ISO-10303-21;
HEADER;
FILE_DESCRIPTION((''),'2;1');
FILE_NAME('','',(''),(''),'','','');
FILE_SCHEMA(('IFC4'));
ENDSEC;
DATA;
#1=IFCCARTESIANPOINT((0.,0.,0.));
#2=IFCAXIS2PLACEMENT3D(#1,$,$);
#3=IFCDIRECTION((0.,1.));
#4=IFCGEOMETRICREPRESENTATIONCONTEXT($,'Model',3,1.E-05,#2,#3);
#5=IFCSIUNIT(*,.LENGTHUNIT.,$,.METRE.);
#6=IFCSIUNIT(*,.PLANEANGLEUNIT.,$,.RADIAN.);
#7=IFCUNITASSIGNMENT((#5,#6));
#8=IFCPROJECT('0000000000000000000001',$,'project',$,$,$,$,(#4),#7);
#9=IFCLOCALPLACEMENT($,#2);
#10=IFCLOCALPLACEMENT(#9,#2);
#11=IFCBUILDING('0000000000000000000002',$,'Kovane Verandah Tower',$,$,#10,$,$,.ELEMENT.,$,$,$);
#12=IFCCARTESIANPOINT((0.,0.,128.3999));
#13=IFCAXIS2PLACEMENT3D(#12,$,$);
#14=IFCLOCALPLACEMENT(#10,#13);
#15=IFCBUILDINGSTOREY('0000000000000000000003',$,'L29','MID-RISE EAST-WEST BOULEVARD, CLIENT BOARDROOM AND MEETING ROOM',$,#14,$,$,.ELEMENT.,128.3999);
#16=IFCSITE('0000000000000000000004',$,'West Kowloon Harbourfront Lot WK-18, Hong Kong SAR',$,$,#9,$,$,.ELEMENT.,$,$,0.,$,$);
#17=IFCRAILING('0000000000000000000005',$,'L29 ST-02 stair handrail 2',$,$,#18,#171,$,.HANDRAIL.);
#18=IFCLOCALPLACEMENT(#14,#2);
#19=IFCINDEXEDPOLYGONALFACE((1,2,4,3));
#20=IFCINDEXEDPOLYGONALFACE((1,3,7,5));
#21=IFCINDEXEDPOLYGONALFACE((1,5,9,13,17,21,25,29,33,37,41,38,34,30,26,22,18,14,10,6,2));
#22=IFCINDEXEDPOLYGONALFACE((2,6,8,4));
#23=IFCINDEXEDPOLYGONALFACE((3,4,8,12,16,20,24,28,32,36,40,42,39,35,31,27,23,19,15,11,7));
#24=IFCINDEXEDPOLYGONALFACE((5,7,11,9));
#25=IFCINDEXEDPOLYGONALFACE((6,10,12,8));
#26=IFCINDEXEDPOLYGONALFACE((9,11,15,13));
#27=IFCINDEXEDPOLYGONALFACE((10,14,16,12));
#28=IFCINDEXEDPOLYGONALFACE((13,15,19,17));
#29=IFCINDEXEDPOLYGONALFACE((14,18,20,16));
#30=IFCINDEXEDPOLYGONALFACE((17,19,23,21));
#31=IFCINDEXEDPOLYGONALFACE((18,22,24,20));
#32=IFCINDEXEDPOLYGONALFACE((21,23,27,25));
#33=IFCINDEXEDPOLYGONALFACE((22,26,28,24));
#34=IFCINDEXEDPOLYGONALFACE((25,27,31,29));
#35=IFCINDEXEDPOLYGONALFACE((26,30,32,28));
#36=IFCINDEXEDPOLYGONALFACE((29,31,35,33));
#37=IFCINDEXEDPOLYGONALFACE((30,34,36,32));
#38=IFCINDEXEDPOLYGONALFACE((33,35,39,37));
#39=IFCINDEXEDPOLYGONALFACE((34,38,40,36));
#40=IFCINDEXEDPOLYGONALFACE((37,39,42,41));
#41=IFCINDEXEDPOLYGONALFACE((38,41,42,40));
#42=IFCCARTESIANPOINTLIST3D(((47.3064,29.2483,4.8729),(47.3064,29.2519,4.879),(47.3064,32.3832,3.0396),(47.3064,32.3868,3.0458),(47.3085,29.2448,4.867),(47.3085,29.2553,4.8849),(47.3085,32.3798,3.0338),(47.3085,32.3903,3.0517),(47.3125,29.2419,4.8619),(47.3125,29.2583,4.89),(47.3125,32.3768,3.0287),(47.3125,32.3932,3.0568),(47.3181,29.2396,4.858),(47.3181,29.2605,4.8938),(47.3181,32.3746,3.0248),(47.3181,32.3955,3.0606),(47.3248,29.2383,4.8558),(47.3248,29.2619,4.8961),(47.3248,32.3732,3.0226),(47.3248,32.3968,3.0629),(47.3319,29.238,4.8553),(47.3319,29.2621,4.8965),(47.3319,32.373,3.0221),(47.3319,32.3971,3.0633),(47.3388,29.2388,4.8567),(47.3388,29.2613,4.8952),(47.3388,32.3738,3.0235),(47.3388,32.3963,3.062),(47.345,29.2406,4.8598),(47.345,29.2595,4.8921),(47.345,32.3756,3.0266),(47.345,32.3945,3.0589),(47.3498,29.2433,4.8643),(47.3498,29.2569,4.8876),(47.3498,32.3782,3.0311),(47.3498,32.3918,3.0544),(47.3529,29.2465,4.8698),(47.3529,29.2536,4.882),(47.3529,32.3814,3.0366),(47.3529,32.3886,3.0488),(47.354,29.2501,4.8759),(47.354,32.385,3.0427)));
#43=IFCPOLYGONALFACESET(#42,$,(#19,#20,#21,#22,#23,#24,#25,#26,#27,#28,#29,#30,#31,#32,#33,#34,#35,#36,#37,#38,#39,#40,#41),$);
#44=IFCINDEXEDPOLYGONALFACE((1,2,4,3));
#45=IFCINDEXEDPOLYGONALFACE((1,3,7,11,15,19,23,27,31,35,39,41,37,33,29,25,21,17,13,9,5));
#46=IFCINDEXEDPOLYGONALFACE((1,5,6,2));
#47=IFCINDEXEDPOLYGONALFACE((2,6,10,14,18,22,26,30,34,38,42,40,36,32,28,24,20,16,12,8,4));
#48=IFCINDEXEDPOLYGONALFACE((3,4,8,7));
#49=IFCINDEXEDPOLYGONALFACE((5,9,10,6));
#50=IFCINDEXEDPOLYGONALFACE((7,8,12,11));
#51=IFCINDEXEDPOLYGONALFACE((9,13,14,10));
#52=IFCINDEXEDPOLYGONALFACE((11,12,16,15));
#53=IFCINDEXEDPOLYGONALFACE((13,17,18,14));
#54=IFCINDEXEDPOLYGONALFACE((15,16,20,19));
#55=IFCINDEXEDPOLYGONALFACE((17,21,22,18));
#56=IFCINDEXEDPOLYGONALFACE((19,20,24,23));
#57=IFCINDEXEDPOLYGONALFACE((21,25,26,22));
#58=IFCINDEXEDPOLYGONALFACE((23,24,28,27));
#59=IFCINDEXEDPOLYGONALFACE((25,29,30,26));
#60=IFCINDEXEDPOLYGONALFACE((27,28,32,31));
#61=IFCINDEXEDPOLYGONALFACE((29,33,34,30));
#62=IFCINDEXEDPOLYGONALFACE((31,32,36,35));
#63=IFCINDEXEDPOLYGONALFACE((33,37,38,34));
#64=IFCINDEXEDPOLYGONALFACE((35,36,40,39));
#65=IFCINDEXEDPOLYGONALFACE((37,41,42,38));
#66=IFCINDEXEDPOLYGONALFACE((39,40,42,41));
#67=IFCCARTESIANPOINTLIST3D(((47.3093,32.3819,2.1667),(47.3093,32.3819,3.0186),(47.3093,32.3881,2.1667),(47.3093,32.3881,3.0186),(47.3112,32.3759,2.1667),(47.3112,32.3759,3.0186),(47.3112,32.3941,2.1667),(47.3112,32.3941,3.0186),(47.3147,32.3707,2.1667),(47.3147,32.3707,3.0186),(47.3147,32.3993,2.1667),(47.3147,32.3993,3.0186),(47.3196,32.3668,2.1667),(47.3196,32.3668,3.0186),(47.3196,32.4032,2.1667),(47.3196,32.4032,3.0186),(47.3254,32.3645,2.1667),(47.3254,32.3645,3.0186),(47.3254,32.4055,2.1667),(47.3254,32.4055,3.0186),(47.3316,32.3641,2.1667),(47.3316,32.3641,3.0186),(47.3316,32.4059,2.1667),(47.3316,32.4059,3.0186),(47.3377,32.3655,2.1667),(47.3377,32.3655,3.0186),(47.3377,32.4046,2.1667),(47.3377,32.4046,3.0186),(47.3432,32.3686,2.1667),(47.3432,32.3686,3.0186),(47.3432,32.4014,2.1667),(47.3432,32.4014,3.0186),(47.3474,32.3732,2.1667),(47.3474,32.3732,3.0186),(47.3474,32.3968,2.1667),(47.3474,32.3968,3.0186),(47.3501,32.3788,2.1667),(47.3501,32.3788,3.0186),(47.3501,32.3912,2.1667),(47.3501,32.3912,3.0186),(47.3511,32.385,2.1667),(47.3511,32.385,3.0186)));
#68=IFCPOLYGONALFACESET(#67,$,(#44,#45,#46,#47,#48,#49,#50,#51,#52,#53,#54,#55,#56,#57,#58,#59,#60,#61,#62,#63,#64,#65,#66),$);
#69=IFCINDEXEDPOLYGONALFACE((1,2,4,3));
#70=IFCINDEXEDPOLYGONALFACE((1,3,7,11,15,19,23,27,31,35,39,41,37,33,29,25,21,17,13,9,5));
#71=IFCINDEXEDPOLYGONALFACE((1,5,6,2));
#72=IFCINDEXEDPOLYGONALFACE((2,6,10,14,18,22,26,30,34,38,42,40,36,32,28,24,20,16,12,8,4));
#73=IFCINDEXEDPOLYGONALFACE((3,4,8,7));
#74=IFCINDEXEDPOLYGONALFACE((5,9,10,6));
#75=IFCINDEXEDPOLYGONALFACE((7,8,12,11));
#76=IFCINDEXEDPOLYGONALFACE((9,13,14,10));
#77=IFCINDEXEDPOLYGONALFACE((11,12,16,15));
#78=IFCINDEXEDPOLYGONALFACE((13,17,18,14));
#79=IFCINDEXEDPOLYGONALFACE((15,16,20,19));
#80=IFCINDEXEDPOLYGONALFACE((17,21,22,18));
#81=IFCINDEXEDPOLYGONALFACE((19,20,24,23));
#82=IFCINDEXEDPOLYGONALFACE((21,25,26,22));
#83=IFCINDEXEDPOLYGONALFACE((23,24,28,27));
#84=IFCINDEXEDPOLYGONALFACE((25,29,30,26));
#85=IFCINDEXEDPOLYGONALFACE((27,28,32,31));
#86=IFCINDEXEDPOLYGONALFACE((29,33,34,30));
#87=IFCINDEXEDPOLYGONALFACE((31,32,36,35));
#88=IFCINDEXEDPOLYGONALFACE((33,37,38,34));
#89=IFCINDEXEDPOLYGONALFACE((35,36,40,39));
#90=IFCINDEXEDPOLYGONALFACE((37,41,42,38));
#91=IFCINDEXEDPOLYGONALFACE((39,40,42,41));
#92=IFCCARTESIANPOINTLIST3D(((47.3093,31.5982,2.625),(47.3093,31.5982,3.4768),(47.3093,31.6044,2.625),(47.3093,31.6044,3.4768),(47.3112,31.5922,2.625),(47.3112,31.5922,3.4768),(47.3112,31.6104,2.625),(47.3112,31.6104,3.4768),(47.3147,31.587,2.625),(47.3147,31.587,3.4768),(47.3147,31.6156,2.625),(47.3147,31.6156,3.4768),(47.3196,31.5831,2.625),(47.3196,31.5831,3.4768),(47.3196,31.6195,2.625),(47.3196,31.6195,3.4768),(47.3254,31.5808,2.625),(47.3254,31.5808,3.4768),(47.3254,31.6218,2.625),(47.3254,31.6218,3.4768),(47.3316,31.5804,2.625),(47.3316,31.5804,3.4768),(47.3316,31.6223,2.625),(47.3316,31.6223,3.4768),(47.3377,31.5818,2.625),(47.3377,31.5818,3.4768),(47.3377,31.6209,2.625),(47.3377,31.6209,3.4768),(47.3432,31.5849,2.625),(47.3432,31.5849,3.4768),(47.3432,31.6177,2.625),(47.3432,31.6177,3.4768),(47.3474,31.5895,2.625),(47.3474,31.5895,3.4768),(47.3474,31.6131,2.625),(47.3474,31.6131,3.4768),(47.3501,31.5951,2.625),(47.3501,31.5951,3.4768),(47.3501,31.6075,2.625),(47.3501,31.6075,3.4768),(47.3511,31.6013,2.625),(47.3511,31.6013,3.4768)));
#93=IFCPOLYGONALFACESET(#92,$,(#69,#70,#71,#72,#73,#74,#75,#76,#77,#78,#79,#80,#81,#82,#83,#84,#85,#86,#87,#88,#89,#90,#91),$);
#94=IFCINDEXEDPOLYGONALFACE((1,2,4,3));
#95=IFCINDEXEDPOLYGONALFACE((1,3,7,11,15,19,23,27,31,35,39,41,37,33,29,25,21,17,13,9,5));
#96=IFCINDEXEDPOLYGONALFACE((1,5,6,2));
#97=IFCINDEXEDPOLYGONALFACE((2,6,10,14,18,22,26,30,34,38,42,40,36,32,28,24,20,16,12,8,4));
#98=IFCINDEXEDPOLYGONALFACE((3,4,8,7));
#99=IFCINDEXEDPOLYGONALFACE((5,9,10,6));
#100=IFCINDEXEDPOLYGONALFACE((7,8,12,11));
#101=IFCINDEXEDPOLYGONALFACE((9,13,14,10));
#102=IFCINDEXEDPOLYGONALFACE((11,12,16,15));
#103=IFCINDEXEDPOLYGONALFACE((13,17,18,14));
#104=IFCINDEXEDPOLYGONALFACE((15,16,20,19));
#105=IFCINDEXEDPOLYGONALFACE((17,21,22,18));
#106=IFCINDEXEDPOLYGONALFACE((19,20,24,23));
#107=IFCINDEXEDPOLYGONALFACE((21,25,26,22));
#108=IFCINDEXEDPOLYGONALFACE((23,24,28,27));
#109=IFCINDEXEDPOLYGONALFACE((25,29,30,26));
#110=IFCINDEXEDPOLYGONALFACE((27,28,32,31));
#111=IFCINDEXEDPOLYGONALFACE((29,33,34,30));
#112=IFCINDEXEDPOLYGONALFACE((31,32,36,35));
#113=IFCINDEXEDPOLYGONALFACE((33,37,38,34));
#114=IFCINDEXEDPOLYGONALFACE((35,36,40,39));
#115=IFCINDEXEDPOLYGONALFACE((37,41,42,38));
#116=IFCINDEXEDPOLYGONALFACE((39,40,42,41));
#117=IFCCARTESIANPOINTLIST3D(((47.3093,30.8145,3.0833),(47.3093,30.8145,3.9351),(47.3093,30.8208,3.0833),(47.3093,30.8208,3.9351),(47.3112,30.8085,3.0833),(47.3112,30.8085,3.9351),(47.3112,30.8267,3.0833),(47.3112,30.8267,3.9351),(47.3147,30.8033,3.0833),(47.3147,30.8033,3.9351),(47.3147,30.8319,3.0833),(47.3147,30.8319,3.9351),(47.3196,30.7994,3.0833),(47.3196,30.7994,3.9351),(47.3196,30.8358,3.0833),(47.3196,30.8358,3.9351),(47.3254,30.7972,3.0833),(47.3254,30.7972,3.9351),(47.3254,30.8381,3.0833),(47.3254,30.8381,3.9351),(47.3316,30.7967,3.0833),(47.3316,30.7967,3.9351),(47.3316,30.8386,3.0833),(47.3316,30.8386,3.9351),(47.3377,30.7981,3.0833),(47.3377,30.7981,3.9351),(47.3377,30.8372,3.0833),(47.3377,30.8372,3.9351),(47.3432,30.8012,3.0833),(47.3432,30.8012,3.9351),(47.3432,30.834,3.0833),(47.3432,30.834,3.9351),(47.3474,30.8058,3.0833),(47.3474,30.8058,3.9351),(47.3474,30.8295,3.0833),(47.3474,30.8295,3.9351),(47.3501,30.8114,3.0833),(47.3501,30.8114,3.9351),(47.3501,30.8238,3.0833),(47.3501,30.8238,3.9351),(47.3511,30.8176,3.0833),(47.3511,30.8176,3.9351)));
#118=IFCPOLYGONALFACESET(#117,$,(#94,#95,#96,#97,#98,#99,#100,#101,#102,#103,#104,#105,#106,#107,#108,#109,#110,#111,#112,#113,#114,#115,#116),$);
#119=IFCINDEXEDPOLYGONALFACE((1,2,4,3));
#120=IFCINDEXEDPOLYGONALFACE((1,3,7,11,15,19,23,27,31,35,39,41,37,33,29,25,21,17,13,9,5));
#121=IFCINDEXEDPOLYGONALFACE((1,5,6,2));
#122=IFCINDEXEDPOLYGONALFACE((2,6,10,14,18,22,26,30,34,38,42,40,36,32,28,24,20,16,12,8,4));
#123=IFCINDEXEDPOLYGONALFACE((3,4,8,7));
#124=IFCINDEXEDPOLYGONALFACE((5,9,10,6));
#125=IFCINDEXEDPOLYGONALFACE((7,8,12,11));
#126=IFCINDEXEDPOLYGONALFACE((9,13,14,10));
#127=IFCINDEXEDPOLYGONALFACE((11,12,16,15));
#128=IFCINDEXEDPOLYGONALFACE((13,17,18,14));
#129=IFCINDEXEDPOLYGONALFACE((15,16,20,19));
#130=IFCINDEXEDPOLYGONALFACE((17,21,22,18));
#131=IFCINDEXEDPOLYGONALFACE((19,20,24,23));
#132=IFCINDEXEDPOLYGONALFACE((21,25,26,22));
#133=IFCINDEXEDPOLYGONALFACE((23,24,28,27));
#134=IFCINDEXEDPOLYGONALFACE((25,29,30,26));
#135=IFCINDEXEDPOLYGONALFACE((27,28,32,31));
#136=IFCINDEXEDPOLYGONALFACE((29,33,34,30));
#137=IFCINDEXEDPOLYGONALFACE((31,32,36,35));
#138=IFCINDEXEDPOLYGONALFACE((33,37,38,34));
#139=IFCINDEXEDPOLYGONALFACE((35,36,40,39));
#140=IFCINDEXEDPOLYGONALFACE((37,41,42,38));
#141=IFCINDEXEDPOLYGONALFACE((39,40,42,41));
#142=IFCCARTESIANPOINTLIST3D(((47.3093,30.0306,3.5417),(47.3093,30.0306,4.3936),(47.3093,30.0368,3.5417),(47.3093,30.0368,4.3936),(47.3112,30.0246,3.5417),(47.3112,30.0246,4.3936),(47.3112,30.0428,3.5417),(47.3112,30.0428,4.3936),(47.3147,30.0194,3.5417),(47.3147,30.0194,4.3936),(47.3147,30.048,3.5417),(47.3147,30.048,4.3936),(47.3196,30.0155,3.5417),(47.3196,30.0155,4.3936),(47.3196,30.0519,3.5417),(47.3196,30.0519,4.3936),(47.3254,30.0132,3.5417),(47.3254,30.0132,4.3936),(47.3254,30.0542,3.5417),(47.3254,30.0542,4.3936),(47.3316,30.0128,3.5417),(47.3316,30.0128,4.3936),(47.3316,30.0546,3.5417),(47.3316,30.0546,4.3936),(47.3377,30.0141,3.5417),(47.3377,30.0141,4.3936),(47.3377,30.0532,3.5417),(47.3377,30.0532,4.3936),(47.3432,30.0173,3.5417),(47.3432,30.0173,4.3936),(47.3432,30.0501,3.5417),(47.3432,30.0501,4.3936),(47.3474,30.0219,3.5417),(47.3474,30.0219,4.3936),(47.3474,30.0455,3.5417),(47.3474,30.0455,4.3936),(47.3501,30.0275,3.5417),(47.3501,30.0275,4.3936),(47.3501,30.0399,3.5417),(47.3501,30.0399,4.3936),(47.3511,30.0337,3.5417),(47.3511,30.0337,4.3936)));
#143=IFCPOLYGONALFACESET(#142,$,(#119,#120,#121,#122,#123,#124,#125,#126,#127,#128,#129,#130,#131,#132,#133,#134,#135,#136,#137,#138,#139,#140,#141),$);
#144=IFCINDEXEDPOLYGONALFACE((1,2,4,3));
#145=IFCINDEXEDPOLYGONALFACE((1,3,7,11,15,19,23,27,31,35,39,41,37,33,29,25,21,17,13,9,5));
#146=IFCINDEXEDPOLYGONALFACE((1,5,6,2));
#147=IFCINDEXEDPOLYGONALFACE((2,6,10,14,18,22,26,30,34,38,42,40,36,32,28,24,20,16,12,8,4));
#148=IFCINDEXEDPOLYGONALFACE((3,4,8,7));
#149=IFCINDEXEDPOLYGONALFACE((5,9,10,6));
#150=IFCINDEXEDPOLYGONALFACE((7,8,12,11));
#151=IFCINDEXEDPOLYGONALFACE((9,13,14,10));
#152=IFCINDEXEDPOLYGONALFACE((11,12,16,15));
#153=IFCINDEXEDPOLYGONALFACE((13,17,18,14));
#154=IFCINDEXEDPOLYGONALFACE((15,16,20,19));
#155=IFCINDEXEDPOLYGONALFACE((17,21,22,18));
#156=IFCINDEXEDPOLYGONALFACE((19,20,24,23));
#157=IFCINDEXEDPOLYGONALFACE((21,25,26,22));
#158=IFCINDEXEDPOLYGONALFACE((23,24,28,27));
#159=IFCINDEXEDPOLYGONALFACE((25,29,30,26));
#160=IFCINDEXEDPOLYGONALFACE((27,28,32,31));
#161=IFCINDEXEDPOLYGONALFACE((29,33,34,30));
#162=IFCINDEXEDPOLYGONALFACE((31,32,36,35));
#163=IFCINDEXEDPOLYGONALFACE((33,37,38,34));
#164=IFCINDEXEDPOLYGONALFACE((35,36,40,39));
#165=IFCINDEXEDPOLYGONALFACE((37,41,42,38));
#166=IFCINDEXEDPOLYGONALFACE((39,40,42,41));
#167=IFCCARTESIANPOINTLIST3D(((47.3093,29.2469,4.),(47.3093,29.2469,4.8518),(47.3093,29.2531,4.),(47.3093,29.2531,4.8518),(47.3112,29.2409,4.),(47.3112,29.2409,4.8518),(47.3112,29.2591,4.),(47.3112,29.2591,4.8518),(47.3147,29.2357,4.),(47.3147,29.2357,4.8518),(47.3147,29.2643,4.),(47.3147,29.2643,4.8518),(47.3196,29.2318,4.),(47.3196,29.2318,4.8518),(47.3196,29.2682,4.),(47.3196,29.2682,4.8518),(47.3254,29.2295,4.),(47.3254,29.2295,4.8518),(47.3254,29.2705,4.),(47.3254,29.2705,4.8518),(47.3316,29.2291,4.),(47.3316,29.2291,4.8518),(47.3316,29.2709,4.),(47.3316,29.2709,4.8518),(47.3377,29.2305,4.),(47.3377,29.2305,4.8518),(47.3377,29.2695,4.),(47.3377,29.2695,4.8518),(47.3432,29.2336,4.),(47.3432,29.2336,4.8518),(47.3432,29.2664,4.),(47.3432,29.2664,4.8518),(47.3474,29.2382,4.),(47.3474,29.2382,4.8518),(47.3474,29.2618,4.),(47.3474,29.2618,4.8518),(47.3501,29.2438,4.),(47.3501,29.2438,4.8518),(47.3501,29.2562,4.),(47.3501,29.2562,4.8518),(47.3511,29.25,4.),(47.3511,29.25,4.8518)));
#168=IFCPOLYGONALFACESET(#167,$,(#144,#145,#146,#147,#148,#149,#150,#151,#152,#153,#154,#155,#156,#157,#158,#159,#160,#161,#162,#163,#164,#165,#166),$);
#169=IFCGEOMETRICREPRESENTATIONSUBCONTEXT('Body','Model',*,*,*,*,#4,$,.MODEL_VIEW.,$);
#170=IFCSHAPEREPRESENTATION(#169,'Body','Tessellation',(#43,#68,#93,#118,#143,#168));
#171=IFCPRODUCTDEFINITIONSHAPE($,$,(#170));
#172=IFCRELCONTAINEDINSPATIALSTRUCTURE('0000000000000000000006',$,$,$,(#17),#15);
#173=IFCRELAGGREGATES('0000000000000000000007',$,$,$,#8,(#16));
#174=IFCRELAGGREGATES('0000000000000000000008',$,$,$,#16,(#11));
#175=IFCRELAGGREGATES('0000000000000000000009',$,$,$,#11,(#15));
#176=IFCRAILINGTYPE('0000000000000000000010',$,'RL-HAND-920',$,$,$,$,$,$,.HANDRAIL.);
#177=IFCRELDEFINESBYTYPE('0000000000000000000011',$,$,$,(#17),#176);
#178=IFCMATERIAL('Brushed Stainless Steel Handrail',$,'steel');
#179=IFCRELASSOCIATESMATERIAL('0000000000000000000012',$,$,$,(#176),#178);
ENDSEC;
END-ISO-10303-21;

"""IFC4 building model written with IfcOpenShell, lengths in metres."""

from ifc_helpers import new_model, si_unit, direction, frame, origin, origin_2d, place, context, subcontext, project, spatial, circle, extrude, material, type_object, element, save


model = new_model("IFC4")

# Units and contexts
model_context = context("Model", 3, precision=1e-05, world=origin(), true_north=direction((0.0, 1.0)))
body_context = subcontext(model_context, "Body", "Model", "MODEL_VIEW")
ifc_project = project(units=[si_unit("LENGTHUNIT", "METRE"), si_unit("PLANEANGLEUNIT", "RADIAN")], contexts=[model_context])

# Site, building, storey
site_placement = place(None, origin())
site = spatial("IfcSite", under=ifc_project, at=site_placement, Name="West Kowloon Harbourfront Lot WK-18, Hong Kong SAR", CompositionType="ELEMENT", RefElevation=0.0)
building_placement = place(site_placement, origin())
building = spatial("IfcBuilding", under=site, at=building_placement, Name="Kovane Verandah Tower", CompositionType="ELEMENT")
storey_placement = place(building_placement, frame((0.0, 0.0, 128.3999)))
storey = spatial("IfcBuildingStorey", under=building, at=storey_placement, Name="L29", Description="MID-RISE EAST-WEST BOULEVARD, CLIENT BOARDROOM AND MEETING ROOM", CompositionType="ELEMENT", Elevation=128.3999)

# Railing
ifc_material_1 = material(Name="Brushed Stainless Steel Handrail", Category="steel")
railing_type_1 = type_object("IfcRailingType", Name="RL-HAND-920", PredefinedType="HANDRAIL", material=ifc_material_1)
railing_1_placement = place(storey_placement, frame((47.3301, 32.385, 2.1667)))
element("IfcRailing", 1, at=railing_1_placement, inside=storey, type_object=railing_type_1, Name="L29 ST-02 stair handrail 2", PredefinedType="HANDRAIL", context=body_context, shape_type="SweptSolid", body=[
    extrude(circle(Radius=0.0239, at=origin_2d()), frame((0.0, 0.0, 0.876), z_axis=(0.0, -0.86324, 0.504794), x_axis=(1.0, 0.0, 0.0)), (0.0, 0.0, 1.0), 3.6316),
    extrude(circle(Radius=0.021, at=origin_2d()), origin(), (0.0, 0.0, 1.0), 0.8518),
    extrude(circle(Radius=0.021, at=origin_2d()), frame((0.0, -0.7837, 0.4583)), (0.0, 0.0, 1.0), 0.8518),
    extrude(circle(Radius=0.021, at=origin_2d()), frame((0.0, -1.5674, 0.9165)), (0.0, 0.0, 1.0), 0.8518),
    extrude(circle(Radius=0.021, at=origin_2d()), frame((0.0, -2.3513, 1.375)), (0.0, 0.0, 1.0), 0.8518),
    extrude(circle(Radius=0.021, at=origin_2d()), frame((0.0, -3.135, 1.8333)), (0.0, 0.0, 1.0), 0.8518),
])

save(model, "model.ifc")
